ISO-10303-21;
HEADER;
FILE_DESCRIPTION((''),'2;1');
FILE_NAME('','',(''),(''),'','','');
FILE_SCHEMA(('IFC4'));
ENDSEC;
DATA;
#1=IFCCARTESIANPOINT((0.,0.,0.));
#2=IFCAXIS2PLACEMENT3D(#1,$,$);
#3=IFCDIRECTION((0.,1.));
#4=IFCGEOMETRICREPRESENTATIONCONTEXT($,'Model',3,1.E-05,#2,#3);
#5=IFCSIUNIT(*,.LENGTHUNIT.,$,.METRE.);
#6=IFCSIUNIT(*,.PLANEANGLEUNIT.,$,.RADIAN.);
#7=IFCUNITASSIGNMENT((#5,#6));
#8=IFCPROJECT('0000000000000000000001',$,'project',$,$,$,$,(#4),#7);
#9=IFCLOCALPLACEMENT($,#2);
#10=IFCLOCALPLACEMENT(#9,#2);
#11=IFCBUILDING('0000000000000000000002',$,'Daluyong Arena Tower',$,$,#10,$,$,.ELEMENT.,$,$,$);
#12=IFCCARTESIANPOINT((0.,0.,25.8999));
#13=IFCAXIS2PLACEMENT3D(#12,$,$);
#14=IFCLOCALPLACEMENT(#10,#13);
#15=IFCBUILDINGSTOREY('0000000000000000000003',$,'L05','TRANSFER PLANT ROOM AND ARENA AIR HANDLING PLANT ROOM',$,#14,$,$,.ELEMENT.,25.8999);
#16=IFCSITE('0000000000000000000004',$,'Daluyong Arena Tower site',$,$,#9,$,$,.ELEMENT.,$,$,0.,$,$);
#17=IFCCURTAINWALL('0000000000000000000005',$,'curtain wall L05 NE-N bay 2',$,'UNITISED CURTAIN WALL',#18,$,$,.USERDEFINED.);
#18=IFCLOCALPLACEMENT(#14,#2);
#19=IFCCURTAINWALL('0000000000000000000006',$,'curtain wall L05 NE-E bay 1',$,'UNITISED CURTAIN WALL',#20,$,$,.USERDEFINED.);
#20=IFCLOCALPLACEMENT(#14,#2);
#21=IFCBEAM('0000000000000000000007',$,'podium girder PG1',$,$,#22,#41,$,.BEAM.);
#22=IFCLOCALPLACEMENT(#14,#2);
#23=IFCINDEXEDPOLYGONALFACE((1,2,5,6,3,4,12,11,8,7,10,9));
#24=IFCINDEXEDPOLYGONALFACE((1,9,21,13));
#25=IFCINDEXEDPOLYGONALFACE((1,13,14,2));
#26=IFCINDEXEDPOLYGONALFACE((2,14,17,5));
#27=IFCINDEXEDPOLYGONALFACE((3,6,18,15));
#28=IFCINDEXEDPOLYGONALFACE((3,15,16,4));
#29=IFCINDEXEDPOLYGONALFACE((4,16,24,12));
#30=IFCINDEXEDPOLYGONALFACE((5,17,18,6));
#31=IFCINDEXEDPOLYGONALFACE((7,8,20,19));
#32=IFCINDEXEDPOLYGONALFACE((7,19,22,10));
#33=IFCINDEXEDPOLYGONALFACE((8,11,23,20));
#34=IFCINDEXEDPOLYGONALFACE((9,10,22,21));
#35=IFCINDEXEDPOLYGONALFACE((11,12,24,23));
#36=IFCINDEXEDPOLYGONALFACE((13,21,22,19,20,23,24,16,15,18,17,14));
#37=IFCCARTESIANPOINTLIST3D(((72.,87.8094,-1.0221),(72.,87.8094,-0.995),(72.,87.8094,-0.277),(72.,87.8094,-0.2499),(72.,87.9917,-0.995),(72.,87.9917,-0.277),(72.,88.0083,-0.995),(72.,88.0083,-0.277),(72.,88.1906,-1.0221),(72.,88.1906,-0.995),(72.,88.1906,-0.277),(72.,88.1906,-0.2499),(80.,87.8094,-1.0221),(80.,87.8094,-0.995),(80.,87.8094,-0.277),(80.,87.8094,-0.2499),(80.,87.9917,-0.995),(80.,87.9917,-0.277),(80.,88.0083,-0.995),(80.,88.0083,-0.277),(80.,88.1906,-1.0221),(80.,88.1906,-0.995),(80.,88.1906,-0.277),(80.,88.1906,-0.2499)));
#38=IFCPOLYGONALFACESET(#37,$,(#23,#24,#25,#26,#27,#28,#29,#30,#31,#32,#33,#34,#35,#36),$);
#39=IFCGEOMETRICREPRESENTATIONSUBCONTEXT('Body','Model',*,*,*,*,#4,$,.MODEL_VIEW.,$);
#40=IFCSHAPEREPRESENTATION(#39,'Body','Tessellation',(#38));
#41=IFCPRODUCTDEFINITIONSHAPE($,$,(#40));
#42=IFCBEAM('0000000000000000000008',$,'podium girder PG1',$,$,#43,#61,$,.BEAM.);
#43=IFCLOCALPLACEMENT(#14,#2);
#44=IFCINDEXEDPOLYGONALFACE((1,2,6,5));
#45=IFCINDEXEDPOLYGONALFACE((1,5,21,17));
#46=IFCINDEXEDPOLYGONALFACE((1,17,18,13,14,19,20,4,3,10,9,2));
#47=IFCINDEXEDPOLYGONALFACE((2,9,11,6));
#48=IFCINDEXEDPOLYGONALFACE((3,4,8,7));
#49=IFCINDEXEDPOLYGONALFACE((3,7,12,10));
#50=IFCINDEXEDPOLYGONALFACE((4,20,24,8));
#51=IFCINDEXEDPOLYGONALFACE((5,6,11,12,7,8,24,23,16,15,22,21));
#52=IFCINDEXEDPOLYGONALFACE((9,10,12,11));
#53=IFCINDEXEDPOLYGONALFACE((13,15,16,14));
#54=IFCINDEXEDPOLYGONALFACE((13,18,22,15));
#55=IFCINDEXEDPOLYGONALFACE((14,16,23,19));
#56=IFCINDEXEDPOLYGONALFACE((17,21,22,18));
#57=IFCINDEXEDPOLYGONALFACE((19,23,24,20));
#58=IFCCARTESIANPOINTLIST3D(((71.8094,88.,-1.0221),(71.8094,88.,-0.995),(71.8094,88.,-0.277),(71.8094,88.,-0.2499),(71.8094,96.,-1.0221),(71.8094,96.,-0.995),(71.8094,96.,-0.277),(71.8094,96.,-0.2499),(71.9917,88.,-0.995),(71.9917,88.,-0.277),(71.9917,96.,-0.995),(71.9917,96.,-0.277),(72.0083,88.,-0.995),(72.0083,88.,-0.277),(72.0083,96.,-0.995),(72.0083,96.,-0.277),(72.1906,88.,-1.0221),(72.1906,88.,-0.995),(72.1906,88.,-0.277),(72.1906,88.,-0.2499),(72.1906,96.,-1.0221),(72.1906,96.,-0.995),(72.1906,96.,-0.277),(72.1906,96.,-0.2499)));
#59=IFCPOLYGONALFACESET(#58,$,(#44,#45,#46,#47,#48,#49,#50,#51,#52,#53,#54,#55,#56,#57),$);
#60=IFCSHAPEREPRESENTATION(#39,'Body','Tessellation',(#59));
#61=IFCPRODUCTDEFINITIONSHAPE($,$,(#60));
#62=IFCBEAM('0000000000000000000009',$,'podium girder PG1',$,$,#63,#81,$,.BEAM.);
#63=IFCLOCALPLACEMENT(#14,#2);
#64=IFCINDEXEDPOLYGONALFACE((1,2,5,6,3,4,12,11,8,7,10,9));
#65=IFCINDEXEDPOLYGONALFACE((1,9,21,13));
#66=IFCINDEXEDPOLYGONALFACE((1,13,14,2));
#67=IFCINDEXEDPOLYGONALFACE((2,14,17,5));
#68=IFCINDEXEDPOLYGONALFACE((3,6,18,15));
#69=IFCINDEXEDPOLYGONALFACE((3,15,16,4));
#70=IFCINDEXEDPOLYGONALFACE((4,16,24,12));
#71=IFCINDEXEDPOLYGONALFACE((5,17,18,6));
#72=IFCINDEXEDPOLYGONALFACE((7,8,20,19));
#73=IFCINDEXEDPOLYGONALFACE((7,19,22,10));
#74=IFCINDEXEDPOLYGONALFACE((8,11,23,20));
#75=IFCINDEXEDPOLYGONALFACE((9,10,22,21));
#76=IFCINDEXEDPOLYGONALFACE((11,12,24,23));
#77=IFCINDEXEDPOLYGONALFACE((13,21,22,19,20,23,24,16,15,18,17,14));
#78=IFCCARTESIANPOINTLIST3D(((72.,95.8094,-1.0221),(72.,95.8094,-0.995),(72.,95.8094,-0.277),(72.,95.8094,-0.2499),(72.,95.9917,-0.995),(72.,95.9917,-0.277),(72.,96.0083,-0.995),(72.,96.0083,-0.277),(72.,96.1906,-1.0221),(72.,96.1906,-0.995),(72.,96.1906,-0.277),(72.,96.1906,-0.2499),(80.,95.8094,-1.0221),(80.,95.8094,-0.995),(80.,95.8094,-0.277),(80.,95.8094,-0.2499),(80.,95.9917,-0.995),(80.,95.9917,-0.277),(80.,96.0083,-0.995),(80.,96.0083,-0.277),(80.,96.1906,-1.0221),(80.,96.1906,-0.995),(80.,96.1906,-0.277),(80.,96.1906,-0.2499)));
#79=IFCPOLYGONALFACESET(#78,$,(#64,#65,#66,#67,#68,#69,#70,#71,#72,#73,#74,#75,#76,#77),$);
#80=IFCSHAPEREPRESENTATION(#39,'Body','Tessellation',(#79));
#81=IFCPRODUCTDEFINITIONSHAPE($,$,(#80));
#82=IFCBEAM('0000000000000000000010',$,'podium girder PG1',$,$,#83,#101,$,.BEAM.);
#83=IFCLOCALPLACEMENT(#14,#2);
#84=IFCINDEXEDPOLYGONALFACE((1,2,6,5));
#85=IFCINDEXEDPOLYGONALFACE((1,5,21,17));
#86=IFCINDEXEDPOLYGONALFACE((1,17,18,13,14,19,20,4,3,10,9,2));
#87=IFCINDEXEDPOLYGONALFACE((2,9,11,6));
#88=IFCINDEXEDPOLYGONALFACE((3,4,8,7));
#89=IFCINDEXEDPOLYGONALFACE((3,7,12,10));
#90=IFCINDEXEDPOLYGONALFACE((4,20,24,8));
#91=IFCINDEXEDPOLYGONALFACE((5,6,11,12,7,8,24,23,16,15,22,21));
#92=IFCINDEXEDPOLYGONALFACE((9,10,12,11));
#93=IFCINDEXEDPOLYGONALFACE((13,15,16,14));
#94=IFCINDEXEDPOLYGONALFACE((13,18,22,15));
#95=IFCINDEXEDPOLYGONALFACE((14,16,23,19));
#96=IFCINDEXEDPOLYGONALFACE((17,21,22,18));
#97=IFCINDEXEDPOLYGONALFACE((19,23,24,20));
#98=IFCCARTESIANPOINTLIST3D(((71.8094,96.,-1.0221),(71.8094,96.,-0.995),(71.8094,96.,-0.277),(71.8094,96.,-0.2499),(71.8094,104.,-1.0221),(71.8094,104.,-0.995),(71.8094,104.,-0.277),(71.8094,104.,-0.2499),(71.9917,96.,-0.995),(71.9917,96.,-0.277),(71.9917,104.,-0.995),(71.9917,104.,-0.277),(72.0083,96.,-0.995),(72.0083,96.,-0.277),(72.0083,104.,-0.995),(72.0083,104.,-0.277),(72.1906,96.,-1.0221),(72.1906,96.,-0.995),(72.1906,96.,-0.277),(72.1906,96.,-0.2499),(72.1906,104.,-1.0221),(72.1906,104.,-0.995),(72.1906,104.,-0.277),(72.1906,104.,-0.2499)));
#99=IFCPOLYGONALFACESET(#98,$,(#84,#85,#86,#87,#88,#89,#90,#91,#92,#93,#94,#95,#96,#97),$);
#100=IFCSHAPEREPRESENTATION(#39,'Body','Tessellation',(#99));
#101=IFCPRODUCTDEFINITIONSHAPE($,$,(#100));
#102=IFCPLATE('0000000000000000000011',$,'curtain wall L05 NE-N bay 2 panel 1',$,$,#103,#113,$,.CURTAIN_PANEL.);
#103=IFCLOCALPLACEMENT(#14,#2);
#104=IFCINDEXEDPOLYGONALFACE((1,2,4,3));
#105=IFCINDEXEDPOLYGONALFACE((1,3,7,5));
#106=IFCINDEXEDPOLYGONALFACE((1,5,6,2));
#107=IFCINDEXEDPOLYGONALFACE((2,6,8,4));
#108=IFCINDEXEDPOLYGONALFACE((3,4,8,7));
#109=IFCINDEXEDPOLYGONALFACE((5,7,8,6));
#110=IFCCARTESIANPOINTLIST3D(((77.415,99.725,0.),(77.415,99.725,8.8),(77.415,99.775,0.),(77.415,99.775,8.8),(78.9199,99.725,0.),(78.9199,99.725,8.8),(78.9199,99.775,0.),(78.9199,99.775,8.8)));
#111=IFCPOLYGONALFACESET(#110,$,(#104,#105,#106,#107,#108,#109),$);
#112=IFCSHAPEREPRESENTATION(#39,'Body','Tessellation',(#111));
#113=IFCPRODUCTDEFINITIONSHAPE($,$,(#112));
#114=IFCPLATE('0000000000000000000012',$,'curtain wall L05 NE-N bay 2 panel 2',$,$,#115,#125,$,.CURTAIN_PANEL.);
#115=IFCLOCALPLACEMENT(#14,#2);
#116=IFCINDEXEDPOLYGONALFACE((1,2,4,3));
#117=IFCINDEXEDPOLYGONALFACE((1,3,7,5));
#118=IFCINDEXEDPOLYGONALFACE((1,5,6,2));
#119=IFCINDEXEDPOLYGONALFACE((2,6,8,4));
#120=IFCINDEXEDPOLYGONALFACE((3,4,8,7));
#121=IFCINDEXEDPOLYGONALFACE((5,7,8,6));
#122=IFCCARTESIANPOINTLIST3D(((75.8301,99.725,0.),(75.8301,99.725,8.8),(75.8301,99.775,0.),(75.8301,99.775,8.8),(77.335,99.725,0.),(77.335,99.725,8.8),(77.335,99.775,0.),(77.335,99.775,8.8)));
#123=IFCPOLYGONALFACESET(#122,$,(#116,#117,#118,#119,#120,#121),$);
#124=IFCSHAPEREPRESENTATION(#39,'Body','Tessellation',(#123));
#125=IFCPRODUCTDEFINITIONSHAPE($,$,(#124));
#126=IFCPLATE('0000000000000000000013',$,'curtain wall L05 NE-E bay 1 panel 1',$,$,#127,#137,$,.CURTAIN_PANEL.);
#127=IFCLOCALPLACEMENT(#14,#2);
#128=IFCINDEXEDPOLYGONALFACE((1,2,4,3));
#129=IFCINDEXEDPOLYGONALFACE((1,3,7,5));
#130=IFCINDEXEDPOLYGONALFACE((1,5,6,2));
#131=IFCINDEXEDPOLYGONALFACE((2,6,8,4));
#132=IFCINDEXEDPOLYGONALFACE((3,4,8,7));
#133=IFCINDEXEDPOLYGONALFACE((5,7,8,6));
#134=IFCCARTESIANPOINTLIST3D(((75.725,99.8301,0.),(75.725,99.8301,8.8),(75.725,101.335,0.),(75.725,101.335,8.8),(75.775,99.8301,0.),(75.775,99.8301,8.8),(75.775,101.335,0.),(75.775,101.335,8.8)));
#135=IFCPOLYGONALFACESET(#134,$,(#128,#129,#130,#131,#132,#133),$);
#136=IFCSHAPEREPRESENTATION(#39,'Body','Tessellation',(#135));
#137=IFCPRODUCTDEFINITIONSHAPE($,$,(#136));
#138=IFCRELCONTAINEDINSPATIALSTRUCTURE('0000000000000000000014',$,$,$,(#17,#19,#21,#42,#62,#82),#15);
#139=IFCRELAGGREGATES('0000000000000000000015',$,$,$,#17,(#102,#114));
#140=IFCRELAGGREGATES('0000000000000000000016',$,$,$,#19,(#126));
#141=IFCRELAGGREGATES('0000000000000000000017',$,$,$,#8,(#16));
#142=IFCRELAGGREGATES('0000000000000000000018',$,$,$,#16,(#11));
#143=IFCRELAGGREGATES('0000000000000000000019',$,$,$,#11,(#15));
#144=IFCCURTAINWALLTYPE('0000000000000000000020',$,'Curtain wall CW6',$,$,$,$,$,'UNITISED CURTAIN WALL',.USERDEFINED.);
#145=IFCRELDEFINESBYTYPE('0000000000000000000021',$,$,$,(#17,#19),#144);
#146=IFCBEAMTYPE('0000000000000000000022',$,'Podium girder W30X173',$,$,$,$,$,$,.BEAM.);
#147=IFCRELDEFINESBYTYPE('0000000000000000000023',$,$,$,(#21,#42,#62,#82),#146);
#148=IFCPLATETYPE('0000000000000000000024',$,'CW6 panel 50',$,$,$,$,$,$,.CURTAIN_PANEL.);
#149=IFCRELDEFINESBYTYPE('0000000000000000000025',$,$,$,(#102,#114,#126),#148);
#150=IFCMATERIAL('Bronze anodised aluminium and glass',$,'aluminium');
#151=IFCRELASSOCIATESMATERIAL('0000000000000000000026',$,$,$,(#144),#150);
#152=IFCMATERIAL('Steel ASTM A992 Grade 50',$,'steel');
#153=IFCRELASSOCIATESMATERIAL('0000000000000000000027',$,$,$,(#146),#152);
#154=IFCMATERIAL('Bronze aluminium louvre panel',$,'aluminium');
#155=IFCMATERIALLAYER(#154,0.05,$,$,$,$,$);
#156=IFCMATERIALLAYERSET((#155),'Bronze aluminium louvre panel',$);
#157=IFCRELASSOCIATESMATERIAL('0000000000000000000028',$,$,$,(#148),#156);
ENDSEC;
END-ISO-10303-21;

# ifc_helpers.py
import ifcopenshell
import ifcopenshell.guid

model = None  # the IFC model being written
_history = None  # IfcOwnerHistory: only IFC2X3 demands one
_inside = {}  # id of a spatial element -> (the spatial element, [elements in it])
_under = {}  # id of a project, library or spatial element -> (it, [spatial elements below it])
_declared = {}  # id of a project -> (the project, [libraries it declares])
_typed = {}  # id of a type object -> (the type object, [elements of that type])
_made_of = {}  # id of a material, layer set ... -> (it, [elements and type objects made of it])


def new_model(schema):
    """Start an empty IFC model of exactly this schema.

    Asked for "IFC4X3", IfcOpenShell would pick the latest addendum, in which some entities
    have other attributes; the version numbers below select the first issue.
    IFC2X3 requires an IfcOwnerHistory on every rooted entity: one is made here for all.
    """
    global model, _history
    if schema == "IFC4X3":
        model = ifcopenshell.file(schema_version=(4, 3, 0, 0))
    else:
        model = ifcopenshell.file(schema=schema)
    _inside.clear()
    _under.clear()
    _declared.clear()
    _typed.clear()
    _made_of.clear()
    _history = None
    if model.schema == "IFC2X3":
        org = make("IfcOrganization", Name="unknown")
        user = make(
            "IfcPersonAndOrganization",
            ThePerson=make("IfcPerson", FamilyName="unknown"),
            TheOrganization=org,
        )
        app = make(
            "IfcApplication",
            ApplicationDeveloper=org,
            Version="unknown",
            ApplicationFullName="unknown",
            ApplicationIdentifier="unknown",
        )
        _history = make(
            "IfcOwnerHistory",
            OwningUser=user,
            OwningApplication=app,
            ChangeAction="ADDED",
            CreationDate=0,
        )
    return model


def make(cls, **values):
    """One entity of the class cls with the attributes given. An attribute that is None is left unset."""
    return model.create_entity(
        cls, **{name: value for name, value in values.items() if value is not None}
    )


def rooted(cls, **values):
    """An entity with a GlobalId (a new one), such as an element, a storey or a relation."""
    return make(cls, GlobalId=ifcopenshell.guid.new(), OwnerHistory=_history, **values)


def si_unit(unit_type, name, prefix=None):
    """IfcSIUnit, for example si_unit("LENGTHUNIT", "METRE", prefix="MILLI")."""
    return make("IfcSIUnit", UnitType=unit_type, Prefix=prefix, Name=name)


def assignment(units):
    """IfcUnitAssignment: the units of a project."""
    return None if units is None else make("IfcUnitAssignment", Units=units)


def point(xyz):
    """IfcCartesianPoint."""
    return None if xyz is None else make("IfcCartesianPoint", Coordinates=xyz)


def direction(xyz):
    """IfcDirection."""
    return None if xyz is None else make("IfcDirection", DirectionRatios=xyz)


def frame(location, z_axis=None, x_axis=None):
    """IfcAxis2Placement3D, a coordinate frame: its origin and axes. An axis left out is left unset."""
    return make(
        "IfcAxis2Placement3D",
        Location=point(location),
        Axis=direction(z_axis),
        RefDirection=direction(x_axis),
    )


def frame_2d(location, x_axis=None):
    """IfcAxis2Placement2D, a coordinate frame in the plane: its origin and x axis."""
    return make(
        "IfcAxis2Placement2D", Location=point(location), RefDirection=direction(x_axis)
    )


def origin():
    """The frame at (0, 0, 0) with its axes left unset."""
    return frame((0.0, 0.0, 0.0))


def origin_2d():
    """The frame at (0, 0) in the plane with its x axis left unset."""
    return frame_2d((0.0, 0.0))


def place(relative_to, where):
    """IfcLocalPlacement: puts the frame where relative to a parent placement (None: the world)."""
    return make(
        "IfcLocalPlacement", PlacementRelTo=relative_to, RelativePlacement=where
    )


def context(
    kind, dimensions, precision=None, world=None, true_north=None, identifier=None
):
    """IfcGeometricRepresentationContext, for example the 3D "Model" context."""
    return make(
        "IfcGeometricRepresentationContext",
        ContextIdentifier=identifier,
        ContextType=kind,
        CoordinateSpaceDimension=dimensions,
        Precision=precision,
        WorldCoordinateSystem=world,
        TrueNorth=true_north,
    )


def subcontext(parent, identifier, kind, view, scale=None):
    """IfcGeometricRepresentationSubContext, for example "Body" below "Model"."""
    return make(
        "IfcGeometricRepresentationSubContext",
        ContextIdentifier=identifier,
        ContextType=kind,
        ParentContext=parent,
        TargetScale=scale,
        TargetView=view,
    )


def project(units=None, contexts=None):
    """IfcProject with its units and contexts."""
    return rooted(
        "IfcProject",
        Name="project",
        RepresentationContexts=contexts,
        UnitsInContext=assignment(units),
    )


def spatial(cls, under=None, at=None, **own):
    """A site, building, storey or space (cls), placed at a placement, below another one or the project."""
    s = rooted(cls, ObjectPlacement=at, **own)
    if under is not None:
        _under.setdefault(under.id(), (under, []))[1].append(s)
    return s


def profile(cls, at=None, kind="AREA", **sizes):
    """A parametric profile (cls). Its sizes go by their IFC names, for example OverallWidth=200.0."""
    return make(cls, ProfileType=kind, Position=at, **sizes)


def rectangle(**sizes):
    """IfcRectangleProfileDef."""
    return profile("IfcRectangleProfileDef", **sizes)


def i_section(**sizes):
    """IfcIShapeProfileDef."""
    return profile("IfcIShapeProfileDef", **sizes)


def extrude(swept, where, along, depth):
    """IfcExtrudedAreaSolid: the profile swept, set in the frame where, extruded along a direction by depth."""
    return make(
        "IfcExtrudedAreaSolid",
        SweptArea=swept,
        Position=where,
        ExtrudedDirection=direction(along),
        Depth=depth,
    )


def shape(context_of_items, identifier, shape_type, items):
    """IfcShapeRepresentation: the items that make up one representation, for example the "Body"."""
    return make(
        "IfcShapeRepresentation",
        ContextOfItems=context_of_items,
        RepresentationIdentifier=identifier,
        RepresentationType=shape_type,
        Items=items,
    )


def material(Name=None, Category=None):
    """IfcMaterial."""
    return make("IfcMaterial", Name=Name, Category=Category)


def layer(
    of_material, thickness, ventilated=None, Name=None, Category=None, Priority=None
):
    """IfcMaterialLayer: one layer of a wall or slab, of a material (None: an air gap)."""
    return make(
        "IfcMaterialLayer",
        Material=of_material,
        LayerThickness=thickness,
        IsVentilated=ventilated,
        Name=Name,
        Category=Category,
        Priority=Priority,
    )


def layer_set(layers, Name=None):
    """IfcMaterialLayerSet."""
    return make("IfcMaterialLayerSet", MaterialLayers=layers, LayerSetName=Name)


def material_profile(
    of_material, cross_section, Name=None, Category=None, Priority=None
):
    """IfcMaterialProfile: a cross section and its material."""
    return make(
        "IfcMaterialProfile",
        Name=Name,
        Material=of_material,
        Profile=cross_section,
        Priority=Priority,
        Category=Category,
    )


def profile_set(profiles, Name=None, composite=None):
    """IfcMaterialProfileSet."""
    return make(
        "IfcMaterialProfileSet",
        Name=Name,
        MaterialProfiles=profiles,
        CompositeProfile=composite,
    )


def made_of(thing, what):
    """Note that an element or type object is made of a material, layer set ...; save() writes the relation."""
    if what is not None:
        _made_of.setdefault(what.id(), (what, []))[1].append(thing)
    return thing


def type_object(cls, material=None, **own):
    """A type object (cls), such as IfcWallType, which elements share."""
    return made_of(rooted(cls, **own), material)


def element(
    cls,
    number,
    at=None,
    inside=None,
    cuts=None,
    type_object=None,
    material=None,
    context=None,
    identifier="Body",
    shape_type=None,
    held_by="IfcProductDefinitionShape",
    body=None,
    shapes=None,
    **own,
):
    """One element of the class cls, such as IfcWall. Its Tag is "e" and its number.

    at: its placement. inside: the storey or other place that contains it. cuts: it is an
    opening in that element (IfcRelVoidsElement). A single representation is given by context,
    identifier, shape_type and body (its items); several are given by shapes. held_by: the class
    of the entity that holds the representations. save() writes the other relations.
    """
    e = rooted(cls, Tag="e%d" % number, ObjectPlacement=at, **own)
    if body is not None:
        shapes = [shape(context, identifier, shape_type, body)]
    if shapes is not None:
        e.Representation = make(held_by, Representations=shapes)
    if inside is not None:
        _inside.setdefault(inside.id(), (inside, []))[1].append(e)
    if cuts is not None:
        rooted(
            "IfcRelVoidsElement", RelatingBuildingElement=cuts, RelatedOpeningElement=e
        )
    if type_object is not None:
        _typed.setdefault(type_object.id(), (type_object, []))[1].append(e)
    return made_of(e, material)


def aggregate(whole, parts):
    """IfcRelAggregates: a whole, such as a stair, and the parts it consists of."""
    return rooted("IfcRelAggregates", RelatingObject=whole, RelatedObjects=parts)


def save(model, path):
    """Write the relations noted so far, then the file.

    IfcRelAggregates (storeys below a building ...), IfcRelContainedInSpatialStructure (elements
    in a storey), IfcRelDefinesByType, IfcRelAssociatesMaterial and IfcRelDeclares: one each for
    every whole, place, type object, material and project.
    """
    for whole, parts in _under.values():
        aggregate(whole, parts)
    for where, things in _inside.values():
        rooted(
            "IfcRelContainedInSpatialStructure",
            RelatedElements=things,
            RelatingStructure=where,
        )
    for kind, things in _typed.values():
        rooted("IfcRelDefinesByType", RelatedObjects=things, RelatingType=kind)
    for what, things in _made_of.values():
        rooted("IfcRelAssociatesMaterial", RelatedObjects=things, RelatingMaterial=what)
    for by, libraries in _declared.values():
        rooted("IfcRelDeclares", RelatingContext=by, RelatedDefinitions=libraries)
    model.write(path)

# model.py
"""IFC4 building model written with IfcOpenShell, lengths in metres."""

from ifc_helpers import new_model, si_unit, direction, frame, origin, origin_2d, place, context, subcontext, project, spatial, rectangle, i_section, extrude, material, layer, layer_set, material_profile, profile_set, type_object, element, aggregate, save


model = new_model("IFC4")

# Units and contexts
model_context = context("Model", 3, precision=1e-05, world=origin(), true_north=direction((0.0, 1.0)))
body_context = subcontext(model_context, "Body", "Model", "MODEL_VIEW")
ifc_project = project(units=[si_unit("LENGTHUNIT", "METRE"), si_unit("PLANEANGLEUNIT", "RADIAN")], contexts=[model_context])

# Site, building, storey
site_placement = place(None, origin())
site = spatial("IfcSite", under=ifc_project, at=site_placement, Name="Daluyong Arena Tower site", CompositionType="ELEMENT", RefElevation=0.0)
building_placement = place(site_placement, origin())
building = spatial("IfcBuilding", under=site, at=building_placement, Name="Daluyong Arena Tower", CompositionType="ELEMENT")
storey_placement = place(building_placement, frame((0.0, 0.0, 25.8999)))
storey = spatial("IfcBuildingStorey", under=building, at=storey_placement, Name="L05", Description="TRANSFER PLANT ROOM AND ARENA AIR HANDLING PLANT ROOM", CompositionType="ELEMENT", Elevation=25.8999)

# Curtain walls
ifc_material_1 = material(Name="Bronze anodised aluminium and glass", Category="aluminium")
curtain_wall_type = type_object("IfcCurtainWallType", Name="Curtain wall CW6", ElementType="UNITISED CURTAIN WALL", PredefinedType="USERDEFINED", material=ifc_material_1)
curtain_wall_1_placement = place(storey_placement, origin())
curtain_wall_1 = element("IfcCurtainWall", 1, at=curtain_wall_1_placement, inside=storey, type_object=curtain_wall_type, Name="curtain wall L05 NE-N bay 2", ObjectType="UNITISED CURTAIN WALL", PredefinedType="USERDEFINED")
curtain_wall_2_placement = place(storey_placement, origin())
curtain_wall_2 = element("IfcCurtainWall", 2, at=curtain_wall_2_placement, inside=storey, type_object=curtain_wall_type, Name="curtain wall L05 NE-E bay 1", ObjectType="UNITISED CURTAIN WALL", PredefinedType="USERDEFINED")

# Beams
ifc_material_2 = material(Name="Steel ASTM A992 Grade 50", Category="steel")
ifc_material_profile_1 = material_profile(ifc_material_2, i_section(OverallWidth=0.3811, OverallDepth=0.7722, WebThickness=0.0166, FlangeThickness=0.0271, at=origin_2d()))
ifc_profile_set_1 = profile_set([ifc_material_profile_1], Name="Steel ASTM A992 Grade 50")
beam_type_1 = type_object("IfcBeamType", Name="Podium girder W30X173", PredefinedType="BEAM", material=ifc_profile_set_1)
for number, where, z_axis, x_axis, name in (
    (3, (72.0, 88.0, -0.636), (1.0, 0.0, 0.0), (0.0, 1.0, 0.0), "podium girder PG1"),
    (4, (72.0, 88.0, -0.636), (0.0, 1.0, 0.0), (-1.0, 0.0, 0.0), "podium girder PG1"),
    (5, (72.0, 96.0, -0.636), (1.0, 0.0, 0.0), (0.0, 1.0, 0.0), "podium girder PG1"),
    (6, (72.0, 96.0, -0.636), (0.0, 1.0, 0.0), (-1.0, 0.0, 0.0), "podium girder PG1"),
):
    element("IfcBeam", number, at=place(storey_placement, frame(where, z_axis=z_axis, x_axis=x_axis)), inside=storey, type_object=beam_type_1, Name=name, PredefinedType="BEAM", context=body_context, shape_type="SweptSolid", body=[
        extrude(i_section(OverallWidth=0.3811, OverallDepth=0.7722, WebThickness=0.0166, FlangeThickness=0.0271, at=origin_2d()), origin(), (0.0, 0.0, 1.0), 8.0),
    ])

# Plates
ifc_material_3 = material(Name="Bronze aluminium louvre panel", Category="aluminium")
ifc_layer = layer(ifc_material_3, 0.05)
ifc_layer_set = layer_set([ifc_layer], Name="Bronze aluminium louvre panel")
plate_type = type_object("IfcPlateType", Name="CW6 panel 50", PredefinedType="CURTAIN_PANEL", material=ifc_layer_set)
plate_1_placement = place(storey_placement, frame((78.1675, 99.75, 0.0), z_axis=(0.0, 0.0, 1.0), x_axis=(-1.0, 0.0, 0.0)))
plate_1 = element("IfcPlate", 7, at=plate_1_placement, type_object=plate_type, Name="curtain wall L05 NE-N bay 2 panel 1", PredefinedType="CURTAIN_PANEL", context=body_context, shape_type="SweptSolid", body=[
    extrude(rectangle(XDim=1.5049, YDim=0.05, at=origin_2d()), origin(), (0.0, 0.0, 1.0), 8.8),
])
plate_2_placement = place(storey_placement, frame((76.5825, 99.75, 0.0), z_axis=(0.0, 0.0, 1.0), x_axis=(-1.0, 0.0, 0.0)))
plate_2 = element("IfcPlate", 8, at=plate_2_placement, type_object=plate_type, Name="curtain wall L05 NE-N bay 2 panel 2", PredefinedType="CURTAIN_PANEL", context=body_context, shape_type="SweptSolid", body=[
    extrude(rectangle(XDim=1.5049, YDim=0.05, at=origin_2d()), origin(), (0.0, 0.0, 1.0), 8.8),
])
aggregate(curtain_wall_1, [plate_1, plate_2])
plate_3_placement = place(storey_placement, frame((75.75, 100.5825, 0.0), z_axis=(0.0, 0.0, 1.0), x_axis=(0.0, 1.0, 0.0)))
plate_3 = element("IfcPlate", 9, at=plate_3_placement, type_object=plate_type, Name="curtain wall L05 NE-E bay 1 panel 1", PredefinedType="CURTAIN_PANEL", context=body_context, shape_type="SweptSolid", body=[
    extrude(rectangle(XDim=1.5049, YDim=0.05, at=origin_2d()), origin(), (0.0, 0.0, 1.0), 8.8),
])
aggregate(curtain_wall_2, [plate_3])

save(model, "model.ifc")
